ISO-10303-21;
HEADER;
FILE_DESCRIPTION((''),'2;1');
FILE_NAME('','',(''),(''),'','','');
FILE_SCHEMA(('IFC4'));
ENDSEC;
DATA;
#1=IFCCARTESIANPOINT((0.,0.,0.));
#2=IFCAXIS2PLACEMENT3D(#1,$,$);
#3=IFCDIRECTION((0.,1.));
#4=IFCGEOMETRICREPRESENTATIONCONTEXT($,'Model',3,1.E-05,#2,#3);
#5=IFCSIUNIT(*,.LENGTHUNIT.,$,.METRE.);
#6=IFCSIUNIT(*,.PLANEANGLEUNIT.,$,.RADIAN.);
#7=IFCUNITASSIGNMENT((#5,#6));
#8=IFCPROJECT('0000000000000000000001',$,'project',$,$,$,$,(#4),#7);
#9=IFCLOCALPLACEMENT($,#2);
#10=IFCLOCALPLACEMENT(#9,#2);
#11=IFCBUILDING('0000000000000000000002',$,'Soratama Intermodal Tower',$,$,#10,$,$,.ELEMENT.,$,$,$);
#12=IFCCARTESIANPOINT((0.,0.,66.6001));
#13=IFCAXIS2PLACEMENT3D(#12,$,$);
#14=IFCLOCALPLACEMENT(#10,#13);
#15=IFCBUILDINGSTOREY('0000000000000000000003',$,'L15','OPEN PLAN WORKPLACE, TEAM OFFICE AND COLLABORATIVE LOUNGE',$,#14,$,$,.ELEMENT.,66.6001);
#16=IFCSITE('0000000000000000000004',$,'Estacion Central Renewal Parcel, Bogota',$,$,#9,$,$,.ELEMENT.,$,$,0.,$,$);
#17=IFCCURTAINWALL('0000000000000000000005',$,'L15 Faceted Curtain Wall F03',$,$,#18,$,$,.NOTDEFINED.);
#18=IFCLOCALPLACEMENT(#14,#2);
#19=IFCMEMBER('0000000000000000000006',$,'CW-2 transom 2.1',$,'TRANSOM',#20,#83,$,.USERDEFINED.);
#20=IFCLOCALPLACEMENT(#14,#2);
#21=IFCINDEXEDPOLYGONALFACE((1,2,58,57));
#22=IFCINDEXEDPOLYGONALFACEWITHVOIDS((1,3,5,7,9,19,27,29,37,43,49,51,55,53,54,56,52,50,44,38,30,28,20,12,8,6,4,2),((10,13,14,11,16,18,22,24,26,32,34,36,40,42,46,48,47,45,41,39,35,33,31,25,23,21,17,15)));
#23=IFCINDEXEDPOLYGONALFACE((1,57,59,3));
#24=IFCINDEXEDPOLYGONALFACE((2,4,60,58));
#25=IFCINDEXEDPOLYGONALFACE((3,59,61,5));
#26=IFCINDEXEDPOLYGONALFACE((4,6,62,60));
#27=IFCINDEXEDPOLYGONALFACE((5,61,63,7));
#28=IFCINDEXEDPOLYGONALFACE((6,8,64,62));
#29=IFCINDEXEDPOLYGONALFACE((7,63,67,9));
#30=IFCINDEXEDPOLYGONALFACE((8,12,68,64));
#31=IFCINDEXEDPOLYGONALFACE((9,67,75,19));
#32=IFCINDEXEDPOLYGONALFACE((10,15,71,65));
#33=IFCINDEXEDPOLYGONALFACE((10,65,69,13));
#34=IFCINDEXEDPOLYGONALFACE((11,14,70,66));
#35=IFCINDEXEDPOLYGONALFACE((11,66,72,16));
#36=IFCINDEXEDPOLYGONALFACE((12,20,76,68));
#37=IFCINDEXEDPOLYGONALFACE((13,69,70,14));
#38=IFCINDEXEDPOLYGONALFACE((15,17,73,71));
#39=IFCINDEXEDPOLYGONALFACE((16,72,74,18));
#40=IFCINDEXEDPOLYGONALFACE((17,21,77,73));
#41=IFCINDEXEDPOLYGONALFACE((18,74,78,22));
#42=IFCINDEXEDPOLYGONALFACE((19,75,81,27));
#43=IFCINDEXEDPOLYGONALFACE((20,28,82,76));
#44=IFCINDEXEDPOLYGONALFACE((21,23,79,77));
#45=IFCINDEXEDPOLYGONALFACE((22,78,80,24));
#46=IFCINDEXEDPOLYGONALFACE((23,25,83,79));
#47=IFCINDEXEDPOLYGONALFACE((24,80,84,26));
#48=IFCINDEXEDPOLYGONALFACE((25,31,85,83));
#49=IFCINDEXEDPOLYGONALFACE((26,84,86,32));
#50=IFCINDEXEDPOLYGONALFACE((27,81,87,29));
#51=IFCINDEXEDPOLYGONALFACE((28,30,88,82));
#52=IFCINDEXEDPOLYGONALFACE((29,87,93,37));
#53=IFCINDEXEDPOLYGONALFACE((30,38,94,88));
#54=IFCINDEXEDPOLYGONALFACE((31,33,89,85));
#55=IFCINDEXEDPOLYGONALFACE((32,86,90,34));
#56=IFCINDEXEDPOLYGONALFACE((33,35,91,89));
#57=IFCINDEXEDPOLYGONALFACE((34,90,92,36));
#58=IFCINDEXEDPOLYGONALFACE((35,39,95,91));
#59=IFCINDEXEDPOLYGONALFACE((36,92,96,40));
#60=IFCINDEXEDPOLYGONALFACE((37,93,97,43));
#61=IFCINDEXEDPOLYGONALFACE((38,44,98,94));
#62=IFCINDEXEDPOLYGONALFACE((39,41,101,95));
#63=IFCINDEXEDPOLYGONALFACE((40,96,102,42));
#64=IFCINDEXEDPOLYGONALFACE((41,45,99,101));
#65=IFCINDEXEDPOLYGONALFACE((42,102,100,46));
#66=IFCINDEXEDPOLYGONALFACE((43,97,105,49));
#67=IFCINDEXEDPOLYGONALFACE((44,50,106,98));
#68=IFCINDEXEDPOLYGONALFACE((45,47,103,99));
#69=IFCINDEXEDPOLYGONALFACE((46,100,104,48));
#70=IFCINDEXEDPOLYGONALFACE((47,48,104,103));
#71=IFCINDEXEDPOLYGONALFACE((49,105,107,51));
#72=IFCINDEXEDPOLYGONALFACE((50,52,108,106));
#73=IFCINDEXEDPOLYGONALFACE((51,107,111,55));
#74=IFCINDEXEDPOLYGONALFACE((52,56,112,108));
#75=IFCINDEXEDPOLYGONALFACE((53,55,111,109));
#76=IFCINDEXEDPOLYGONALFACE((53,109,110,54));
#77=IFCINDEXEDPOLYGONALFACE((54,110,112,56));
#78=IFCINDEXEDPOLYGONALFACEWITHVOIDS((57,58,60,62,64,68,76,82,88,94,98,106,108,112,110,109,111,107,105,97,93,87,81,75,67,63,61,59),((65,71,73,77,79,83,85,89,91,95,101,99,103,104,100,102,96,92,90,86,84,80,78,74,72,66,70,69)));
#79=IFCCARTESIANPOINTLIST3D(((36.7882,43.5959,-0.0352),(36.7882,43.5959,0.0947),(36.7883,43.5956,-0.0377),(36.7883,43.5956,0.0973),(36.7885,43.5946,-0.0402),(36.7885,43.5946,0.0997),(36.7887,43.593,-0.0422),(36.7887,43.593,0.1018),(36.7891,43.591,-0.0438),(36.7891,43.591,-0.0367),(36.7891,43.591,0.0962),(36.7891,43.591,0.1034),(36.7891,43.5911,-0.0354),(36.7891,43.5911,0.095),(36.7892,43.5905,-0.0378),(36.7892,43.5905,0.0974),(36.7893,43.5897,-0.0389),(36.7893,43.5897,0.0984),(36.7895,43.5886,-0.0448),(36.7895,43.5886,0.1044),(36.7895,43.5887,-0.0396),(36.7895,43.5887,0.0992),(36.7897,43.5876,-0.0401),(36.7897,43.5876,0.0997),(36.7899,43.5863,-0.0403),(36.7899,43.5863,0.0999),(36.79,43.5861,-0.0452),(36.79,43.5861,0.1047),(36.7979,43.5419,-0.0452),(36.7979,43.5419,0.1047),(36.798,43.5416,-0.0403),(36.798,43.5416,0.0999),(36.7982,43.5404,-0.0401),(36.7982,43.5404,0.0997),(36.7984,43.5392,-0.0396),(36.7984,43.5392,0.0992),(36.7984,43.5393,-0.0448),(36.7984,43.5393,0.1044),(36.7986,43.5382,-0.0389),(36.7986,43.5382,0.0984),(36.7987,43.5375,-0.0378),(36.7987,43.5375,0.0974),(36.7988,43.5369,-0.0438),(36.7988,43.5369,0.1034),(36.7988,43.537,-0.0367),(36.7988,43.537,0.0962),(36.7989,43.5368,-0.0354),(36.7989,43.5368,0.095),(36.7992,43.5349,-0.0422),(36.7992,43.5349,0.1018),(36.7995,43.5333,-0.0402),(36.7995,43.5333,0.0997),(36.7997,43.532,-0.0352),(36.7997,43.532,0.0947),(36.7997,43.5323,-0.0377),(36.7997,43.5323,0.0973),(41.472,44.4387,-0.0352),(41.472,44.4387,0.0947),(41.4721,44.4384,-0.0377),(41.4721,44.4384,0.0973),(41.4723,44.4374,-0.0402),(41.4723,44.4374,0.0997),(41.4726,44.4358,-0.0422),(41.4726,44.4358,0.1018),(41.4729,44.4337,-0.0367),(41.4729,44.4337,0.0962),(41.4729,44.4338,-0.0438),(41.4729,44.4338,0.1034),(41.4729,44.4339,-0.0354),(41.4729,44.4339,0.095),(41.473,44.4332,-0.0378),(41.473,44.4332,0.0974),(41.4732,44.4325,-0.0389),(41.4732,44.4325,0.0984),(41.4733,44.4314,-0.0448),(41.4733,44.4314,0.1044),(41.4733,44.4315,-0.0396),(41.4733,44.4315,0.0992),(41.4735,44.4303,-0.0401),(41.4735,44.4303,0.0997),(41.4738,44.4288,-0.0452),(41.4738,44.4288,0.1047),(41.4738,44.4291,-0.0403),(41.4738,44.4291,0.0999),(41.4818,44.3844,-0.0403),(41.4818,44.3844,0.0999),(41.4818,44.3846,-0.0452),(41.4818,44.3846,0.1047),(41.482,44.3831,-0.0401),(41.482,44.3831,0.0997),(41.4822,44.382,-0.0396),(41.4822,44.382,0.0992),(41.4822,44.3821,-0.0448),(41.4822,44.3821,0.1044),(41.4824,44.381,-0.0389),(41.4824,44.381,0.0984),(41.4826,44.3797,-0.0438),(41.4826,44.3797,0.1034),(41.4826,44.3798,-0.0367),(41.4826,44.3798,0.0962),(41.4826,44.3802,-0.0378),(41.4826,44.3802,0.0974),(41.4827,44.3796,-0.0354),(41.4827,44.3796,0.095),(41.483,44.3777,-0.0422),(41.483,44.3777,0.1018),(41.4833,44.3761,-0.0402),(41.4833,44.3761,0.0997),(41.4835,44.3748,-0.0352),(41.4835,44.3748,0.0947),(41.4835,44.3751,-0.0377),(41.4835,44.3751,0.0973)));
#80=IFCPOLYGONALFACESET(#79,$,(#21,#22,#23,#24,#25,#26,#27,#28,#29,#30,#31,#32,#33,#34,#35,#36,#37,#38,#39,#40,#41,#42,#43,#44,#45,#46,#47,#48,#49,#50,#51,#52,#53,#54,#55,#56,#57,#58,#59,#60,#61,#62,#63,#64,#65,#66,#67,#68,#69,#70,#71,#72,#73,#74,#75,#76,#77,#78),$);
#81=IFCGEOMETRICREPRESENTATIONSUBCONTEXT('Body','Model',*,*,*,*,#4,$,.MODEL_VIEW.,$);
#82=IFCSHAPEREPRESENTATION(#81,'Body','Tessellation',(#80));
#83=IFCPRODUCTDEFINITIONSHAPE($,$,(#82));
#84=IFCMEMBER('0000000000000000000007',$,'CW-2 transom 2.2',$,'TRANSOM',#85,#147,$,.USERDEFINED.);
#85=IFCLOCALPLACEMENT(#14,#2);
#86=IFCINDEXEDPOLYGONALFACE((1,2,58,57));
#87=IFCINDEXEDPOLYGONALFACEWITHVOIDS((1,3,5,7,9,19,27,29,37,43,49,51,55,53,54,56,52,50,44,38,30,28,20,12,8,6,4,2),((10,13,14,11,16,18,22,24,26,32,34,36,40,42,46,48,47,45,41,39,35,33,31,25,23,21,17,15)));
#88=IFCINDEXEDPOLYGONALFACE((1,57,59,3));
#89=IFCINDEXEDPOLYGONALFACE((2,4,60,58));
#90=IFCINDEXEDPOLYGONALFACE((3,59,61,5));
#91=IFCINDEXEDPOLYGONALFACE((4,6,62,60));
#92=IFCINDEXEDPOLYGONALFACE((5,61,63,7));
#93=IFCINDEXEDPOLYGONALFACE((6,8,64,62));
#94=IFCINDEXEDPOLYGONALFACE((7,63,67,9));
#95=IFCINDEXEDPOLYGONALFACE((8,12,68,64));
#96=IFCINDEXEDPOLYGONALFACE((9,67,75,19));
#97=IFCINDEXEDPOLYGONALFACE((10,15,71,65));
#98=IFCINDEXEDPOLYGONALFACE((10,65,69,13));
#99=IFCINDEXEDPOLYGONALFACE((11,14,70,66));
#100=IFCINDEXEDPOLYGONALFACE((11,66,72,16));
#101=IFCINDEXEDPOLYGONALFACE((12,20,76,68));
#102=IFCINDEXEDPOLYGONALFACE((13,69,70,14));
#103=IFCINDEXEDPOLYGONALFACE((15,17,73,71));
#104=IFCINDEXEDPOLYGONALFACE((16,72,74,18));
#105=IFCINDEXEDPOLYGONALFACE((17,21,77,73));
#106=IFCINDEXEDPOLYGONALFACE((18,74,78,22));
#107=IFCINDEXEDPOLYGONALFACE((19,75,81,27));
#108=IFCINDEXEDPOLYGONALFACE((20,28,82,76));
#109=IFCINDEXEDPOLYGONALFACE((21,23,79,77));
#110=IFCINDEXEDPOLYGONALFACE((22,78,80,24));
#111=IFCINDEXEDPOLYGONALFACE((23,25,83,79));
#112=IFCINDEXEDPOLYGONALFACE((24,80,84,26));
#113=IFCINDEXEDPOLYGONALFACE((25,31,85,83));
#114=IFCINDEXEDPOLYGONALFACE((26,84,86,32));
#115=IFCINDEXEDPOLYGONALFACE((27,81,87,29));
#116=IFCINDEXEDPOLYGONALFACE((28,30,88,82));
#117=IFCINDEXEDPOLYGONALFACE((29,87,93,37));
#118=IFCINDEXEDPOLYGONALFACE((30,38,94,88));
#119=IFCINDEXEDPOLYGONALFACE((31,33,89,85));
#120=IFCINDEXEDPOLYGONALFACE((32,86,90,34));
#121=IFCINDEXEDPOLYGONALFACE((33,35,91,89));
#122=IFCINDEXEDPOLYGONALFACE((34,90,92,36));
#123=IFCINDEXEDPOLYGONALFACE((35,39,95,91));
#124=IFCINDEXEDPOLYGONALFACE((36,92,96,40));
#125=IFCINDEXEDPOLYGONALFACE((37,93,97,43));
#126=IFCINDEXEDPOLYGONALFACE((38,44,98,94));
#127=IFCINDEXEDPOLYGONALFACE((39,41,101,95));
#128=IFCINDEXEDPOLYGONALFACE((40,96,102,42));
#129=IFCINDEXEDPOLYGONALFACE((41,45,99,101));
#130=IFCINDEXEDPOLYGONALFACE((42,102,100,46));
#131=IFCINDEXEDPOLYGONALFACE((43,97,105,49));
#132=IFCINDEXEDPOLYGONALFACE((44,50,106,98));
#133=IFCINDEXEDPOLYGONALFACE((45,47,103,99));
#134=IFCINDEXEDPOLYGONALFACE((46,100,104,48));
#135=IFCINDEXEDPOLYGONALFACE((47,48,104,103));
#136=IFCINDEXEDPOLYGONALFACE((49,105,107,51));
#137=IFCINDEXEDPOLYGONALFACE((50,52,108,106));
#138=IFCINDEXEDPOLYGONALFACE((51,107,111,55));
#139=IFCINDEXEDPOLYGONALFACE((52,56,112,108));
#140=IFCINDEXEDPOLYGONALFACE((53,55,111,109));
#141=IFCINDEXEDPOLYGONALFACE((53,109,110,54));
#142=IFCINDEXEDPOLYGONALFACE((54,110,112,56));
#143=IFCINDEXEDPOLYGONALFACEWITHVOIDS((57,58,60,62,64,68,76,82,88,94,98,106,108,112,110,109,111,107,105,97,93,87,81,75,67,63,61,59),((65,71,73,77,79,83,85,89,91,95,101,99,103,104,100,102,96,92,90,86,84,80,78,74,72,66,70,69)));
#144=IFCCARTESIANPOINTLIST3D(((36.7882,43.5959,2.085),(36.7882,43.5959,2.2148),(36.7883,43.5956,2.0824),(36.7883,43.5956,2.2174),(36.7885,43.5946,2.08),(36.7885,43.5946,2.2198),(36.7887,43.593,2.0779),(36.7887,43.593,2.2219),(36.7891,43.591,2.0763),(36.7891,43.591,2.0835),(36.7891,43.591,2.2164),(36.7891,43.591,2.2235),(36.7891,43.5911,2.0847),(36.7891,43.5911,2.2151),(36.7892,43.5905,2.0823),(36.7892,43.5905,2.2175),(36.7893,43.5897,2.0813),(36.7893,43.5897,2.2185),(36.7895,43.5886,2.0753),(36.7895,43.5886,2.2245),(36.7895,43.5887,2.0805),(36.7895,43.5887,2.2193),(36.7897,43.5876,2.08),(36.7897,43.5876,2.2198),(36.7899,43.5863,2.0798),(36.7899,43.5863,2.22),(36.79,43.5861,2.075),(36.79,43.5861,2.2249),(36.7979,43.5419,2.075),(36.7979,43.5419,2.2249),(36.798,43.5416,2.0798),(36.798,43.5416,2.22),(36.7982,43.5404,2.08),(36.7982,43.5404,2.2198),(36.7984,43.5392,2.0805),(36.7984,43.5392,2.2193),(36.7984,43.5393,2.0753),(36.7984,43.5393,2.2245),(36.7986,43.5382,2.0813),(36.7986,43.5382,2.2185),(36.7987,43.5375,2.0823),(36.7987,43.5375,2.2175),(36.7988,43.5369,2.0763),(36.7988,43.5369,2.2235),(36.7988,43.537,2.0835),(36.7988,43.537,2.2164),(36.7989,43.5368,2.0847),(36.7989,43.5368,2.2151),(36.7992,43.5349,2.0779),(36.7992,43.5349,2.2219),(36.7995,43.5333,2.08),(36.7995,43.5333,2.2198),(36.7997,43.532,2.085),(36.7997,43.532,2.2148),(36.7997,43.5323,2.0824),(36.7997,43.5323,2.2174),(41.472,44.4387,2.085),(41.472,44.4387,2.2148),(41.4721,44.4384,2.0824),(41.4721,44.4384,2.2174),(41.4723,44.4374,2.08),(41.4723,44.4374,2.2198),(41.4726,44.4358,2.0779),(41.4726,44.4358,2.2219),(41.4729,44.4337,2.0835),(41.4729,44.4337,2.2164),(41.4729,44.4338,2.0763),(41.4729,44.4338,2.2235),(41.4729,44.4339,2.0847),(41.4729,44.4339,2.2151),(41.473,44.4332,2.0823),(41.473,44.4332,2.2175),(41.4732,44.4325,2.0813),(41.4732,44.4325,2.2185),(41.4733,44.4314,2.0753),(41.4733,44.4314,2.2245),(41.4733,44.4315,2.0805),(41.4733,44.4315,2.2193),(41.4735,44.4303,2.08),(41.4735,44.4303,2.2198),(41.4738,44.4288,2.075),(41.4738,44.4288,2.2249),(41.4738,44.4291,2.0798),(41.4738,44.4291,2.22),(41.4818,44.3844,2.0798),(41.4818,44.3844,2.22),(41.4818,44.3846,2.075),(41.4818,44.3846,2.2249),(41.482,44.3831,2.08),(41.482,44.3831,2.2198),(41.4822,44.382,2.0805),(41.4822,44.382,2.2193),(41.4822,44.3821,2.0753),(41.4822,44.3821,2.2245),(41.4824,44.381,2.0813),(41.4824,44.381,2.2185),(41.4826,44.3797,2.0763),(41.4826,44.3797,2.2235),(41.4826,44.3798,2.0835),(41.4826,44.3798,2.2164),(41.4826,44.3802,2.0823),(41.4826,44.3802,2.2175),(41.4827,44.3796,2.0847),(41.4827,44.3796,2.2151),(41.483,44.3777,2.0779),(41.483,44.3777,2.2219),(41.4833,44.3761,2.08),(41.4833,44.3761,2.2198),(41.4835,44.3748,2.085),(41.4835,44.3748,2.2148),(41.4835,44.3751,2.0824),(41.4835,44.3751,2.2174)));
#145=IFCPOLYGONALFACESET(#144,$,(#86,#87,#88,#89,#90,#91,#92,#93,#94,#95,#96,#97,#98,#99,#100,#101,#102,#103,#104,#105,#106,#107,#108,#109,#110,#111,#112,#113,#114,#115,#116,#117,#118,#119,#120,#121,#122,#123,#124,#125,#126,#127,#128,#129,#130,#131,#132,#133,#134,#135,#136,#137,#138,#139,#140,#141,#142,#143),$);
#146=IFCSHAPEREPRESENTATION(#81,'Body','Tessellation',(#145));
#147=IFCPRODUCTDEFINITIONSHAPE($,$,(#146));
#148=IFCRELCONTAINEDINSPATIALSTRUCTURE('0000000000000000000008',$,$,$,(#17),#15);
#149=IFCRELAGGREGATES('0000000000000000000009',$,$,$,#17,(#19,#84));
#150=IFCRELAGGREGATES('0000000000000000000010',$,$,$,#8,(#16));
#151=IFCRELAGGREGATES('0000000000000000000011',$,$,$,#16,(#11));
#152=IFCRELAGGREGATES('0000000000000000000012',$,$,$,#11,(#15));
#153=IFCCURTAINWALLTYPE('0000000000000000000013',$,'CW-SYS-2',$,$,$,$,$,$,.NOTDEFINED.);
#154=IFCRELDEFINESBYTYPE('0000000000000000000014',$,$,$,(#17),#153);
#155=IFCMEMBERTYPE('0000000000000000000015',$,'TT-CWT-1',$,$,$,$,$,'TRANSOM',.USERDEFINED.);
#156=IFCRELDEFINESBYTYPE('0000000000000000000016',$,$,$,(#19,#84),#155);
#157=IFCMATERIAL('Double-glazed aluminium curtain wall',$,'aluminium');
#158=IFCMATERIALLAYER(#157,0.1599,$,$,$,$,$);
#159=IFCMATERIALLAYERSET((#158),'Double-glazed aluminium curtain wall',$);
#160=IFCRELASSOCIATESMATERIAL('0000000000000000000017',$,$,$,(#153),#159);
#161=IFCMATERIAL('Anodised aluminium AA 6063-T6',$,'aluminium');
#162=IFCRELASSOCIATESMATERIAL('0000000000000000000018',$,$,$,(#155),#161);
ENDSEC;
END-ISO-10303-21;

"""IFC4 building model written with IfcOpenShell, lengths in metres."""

from ifc_helpers import new_model, si_unit, direction, frame, origin, origin_2d, place, context, subcontext, project, spatial, hollow_rectangle, extrude, material, layer, layer_set, material_profile, profile_set, type_object, element, aggregate, save


model = new_model("IFC4")

# Units and contexts
model_context = context("Model", 3, precision=1e-05, world=origin(), true_north=direction((0.0, 1.0)))
body_context = subcontext(model_context, "Body", "Model", "MODEL_VIEW")
ifc_project = project(units=[si_unit("LENGTHUNIT", "METRE"), si_unit("PLANEANGLEUNIT", "RADIAN")], contexts=[model_context])

# Site, building, storey
site_placement = place(None, origin())
site = spatial("IfcSite", under=ifc_project, at=site_placement, Name="Estacion Central Renewal Parcel, Bogota", CompositionType="ELEMENT", RefElevation=0.0)
building_placement = place(site_placement, origin())
building = spatial("IfcBuilding", under=site, at=building_placement, Name="Soratama Intermodal Tower", CompositionType="ELEMENT")
storey_placement = place(building_placement, frame((0.0, 0.0, 66.6001)))
storey = spatial("IfcBuildingStorey", under=building, at=storey_placement, Name="L15", Description="OPEN PLAN WORKPLACE, TEAM OFFICE AND COLLABORATIVE LOUNGE", CompositionType="ELEMENT", Elevation=66.6001)

# Shared definitions
ifc_material_1 = material(Name="Double-glazed aluminium curtain wall", Category="aluminium")
ifc_layer_1 = layer(ifc_material_1, 0.1599)
ifc_layer_set_1 = layer_set([ifc_layer_1], Name="Double-glazed aluminium curtain wall")
curtain_wall_type = type_object("IfcCurtainWallType", Name="CW-SYS-2", PredefinedType="NOTDEFINED", material=ifc_layer_set_1)

# Curtain wall, members
curtain_wall_1_placement = place(storey_placement, origin())
curtain_wall_1 = element("IfcCurtainWall", 1, at=curtain_wall_1_placement, inside=storey, type_object=curtain_wall_type, Name="L15 Faceted Curtain Wall F03", PredefinedType="NOTDEFINED")
ifc_material_2 = material(Name="Anodised aluminium AA 6063-T6", Category="aluminium")
ifc_material_profile_1 = material_profile(ifc_material_2, hollow_rectangle(XDim=0.0649, YDim=0.1499, WallThickness=0.0049, InnerFilletRadius=0.0049, OuterFilletRadius=0.01, at=origin_2d()), Name="CWT150X65X5")
ifc_profile_set_1 = profile_set([ifc_material_profile_1], Name="Anodised aluminium AA 6063-T6")
member_type_1 = type_object("IfcMemberType", Name="TT-CWT-1", ElementType="TRANSOM", PredefinedType="USERDEFINED", material=ifc_profile_set_1)
member_1_placement = place(storey_placement, frame((41.4778, 44.4067, 0.0298), z_axis=(-0.984195, -0.177088, 0.0), x_axis=(0.177088, -0.984195, 0.0)))
member_1 = element("IfcMember", 2, at=member_1_placement, type_object=member_type_1, Name="CW-2 transom 2.1", ObjectType="TRANSOM", PredefinedType="USERDEFINED", context=body_context, shape_type="SweptSolid", body=[
    extrude(hollow_rectangle(XDim=0.0649, YDim=0.1499, WallThickness=0.0049, InnerFilletRadius=0.0049, OuterFilletRadius=0.01, at=origin_2d()), origin(), (0.0, 0.0, 1.0), 4.759),
])
member_2_placement = place(storey_placement, frame((41.4778, 44.4067, 2.1499), z_axis=(-0.984195, -0.177088, 0.0), x_axis=(0.177088, -0.984195, 0.0)))
member_2 = element("IfcMember", 3, at=member_2_placement, type_object=member_type_1, Name="CW-2 transom 2.2", ObjectType="TRANSOM", PredefinedType="USERDEFINED", context=body_context, shape_type="SweptSolid", body=[
    extrude(hollow_rectangle(XDim=0.0649, YDim=0.1499, WallThickness=0.0049, InnerFilletRadius=0.0049, OuterFilletRadius=0.01, at=origin_2d()), origin(), (0.0, 0.0, 1.0), 4.759),
])

aggregate(curtain_wall_1, [member_1, member_2])

save(model, "model.ifc")
